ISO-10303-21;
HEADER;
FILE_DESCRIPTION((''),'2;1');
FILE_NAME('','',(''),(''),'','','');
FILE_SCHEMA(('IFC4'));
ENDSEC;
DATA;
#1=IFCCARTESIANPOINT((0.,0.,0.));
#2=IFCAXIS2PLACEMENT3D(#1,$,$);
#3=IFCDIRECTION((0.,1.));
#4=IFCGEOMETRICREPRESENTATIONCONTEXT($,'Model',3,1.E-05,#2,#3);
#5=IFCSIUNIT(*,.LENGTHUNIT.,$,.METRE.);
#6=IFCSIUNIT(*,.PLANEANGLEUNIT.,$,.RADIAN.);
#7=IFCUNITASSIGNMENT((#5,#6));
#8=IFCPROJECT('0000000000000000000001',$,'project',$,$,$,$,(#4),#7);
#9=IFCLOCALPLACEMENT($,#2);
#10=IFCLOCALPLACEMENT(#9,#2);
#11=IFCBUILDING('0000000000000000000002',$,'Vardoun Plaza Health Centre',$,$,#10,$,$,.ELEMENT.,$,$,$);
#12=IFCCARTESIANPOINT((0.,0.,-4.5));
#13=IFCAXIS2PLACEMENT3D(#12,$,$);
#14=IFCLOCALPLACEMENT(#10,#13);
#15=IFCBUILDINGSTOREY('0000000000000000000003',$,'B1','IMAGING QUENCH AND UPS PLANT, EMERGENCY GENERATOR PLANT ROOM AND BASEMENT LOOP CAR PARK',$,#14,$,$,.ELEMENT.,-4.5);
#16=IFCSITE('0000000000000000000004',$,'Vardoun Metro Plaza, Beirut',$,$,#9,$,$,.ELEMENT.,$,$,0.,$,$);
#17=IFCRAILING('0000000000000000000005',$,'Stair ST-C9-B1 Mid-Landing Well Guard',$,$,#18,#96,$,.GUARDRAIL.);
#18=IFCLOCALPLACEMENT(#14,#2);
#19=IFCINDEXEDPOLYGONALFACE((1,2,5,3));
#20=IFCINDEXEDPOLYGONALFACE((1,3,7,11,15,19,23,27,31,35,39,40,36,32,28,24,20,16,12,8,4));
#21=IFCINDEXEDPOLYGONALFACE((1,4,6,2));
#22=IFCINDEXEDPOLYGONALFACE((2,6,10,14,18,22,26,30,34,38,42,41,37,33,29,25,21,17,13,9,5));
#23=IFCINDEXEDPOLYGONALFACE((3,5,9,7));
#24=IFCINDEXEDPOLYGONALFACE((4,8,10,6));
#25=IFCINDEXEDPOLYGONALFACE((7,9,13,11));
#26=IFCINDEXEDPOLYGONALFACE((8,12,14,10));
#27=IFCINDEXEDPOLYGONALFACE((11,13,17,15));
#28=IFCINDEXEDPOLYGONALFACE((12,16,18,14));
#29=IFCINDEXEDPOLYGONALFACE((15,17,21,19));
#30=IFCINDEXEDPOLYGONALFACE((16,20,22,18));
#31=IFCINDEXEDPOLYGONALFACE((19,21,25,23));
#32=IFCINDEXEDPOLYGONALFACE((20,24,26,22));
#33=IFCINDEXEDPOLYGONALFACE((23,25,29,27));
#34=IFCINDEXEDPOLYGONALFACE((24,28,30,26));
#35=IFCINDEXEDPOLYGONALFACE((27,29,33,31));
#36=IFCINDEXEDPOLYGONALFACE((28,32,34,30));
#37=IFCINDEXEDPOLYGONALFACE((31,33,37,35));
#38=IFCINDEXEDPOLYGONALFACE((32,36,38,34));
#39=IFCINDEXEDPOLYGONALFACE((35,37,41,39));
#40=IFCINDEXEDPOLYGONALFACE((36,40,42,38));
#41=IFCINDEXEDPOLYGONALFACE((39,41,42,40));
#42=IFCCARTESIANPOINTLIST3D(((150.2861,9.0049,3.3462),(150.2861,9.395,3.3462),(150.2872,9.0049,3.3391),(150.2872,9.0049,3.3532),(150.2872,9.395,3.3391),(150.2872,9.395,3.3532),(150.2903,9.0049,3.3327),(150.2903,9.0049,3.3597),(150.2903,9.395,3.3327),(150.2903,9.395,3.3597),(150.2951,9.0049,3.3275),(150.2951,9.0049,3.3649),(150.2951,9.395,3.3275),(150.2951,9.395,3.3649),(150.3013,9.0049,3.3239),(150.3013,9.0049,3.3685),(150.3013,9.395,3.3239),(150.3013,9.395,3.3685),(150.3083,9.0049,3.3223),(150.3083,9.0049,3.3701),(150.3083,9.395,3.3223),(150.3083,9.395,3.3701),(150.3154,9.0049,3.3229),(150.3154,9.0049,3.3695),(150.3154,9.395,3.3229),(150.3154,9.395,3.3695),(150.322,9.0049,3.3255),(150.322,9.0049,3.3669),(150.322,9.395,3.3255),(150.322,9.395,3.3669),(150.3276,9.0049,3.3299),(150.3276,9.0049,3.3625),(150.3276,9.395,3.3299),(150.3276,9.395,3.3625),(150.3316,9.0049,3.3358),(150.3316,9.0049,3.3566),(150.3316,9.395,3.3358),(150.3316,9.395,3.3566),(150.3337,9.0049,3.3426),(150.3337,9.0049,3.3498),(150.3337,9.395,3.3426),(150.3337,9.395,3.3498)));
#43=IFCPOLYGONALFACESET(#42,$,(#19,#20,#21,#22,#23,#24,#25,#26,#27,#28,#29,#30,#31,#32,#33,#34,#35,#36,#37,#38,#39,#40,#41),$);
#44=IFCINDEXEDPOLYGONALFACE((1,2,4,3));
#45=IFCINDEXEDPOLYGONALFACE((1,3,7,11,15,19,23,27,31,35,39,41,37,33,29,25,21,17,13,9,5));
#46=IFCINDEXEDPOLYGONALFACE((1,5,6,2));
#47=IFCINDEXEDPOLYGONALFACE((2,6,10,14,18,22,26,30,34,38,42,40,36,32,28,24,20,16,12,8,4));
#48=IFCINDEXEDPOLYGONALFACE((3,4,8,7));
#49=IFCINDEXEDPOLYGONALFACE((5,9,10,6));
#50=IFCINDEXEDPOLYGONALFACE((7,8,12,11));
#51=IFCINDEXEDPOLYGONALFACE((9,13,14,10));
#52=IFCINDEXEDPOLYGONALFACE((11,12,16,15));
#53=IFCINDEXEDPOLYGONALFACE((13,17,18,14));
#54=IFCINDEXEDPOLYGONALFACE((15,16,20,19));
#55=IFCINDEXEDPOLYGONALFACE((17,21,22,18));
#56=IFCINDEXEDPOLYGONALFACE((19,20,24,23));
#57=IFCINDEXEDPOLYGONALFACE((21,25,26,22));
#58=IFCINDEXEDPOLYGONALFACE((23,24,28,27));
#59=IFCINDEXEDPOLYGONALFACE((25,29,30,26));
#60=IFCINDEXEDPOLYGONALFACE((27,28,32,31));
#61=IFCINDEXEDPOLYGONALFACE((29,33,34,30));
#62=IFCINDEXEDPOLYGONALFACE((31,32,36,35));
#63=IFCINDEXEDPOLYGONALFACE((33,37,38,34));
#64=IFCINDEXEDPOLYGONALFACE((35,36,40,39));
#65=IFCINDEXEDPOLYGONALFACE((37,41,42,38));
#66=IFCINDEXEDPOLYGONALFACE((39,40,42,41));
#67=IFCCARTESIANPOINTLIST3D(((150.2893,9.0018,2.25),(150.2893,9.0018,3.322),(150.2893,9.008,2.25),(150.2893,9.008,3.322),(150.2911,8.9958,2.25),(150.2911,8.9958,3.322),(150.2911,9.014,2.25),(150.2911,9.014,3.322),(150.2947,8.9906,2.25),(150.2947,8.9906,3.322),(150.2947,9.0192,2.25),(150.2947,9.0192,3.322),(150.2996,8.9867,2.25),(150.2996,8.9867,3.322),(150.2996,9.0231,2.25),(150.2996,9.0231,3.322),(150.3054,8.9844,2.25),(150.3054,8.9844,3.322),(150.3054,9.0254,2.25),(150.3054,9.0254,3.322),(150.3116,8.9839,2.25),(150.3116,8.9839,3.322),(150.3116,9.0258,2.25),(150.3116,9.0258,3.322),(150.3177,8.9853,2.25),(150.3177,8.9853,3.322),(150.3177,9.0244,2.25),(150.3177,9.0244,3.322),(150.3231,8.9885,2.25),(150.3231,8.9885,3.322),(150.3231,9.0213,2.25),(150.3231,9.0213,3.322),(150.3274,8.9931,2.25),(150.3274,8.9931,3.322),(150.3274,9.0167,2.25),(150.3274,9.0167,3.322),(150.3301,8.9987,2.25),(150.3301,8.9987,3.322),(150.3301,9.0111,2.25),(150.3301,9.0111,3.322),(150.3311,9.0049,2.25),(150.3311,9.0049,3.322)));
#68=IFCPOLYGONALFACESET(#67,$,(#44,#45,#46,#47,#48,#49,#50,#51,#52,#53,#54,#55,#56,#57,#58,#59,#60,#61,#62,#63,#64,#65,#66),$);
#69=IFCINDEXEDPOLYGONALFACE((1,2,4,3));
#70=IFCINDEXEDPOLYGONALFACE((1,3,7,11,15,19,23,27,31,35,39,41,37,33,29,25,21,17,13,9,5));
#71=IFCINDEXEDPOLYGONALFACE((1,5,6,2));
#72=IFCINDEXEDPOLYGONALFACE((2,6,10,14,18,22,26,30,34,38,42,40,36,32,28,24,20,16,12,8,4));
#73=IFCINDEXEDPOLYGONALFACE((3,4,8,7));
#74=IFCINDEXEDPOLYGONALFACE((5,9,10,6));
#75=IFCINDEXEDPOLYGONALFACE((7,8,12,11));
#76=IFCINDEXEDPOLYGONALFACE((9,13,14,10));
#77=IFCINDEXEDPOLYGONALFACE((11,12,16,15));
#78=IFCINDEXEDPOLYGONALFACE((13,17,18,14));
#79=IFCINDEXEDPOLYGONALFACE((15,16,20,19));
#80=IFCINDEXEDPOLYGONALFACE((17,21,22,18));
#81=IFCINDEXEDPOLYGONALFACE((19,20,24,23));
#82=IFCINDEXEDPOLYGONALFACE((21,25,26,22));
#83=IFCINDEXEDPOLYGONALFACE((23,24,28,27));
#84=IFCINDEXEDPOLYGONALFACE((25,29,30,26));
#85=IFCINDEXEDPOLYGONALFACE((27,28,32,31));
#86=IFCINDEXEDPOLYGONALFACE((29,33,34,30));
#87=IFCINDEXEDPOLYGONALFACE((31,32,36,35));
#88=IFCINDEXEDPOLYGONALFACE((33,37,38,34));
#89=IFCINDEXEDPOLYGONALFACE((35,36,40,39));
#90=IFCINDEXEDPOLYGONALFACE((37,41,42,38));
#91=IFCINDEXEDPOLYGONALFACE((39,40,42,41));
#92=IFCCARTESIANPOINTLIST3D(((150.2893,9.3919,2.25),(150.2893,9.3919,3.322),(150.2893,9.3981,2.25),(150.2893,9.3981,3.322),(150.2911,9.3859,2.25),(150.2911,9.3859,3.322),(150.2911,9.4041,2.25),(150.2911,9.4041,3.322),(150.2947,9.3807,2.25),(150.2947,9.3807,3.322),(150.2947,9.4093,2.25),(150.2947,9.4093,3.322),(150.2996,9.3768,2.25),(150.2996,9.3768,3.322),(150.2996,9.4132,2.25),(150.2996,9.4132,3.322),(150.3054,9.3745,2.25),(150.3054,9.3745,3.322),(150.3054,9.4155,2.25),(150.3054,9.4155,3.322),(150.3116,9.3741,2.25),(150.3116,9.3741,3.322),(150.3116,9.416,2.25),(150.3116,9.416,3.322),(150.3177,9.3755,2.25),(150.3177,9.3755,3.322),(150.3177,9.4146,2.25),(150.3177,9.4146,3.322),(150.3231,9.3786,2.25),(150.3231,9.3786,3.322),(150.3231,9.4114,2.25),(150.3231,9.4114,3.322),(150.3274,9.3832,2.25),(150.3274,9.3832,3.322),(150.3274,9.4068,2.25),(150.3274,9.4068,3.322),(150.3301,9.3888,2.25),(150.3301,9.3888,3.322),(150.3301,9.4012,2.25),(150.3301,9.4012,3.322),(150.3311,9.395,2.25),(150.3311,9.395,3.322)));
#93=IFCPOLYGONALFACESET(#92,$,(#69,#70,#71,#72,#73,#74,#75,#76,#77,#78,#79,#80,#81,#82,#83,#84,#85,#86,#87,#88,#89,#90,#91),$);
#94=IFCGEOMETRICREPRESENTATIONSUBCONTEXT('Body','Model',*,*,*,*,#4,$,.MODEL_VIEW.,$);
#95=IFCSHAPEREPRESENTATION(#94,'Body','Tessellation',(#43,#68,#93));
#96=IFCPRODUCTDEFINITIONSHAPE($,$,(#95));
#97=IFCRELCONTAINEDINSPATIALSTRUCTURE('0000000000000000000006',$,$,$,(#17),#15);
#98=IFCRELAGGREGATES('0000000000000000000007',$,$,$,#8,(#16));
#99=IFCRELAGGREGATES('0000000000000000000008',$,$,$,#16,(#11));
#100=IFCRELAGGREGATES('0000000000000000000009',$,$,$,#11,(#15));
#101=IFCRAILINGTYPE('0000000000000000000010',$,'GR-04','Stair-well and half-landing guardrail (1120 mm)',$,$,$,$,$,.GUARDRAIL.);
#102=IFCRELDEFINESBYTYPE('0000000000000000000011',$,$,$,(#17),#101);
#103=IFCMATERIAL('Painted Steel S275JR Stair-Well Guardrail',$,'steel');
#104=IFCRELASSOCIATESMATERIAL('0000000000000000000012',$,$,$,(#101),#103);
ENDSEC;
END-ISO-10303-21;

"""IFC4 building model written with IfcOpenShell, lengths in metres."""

from ifc_helpers import new_model, si_unit, direction, frame, origin, origin_2d, place, context, subcontext, project, spatial, circle, extrude, material, type_object, element, save


model = new_model("IFC4")

# Units and contexts
model_context = context("Model", 3, precision=1e-05, world=origin(), true_north=direction((0.0, 1.0)))
body_context = subcontext(model_context, "Body", "Model", "MODEL_VIEW")
ifc_project = project(units=[si_unit("LENGTHUNIT", "METRE"), si_unit("PLANEANGLEUNIT", "RADIAN")], contexts=[model_context])

# Site, building, storey
site_placement = place(None, origin())
site = spatial("IfcSite", under=ifc_project, at=site_placement, Name="Vardoun Metro Plaza, Beirut", CompositionType="ELEMENT", RefElevation=0.0)
building_placement = place(site_placement, origin())
building = spatial("IfcBuilding", under=site, at=building_placement, Name="Vardoun Plaza Health Centre", CompositionType="ELEMENT")
storey_placement = place(building_placement, frame((0.0, 0.0, -4.5)))
storey = spatial("IfcBuildingStorey", under=building, at=storey_placement, Name="B1", Description="IMAGING QUENCH AND UPS PLANT, EMERGENCY GENERATOR PLANT ROOM AND BASEMENT LOOP CAR PARK", CompositionType="ELEMENT", Elevation=-4.5)

# Railing
ifc_material_1 = material(Name="Painted Steel S275JR Stair-Well Guardrail", Category="steel")
railing_type_1 = type_object("IfcRailingType", Name="GR-04", Description="Stair-well and half-landing guardrail (1120 mm)", PredefinedType="GUARDRAIL", material=ifc_material_1)
railing_1_placement = place(storey_placement, frame((150.3101, 9.0049, 2.25)))
element("IfcRailing", 1, at=railing_1_placement, inside=storey, type_object=railing_type_1, Name="Stair ST-C9-B1 Mid-Landing Well Guard", PredefinedType="GUARDRAIL", context=body_context, shape_type="SweptSolid", body=[
    extrude(circle(Radius=0.0239, at=origin_2d()), frame((0.0, 0.0, 1.0962), z_axis=(0.0, 1.0, 0.0), x_axis=(-1.0, 0.0, 0.0)), (0.0, 0.0, 1.0), 0.3901),
    extrude(circle(Radius=0.021, at=origin_2d()), origin(), (0.0, 0.0, 1.0), 1.072),
    extrude(circle(Radius=0.021, at=origin_2d()), frame((0.0, 0.3901, 0.0)), (0.0, 0.0, 1.0), 1.072),
])

save(model, "model.ifc")
